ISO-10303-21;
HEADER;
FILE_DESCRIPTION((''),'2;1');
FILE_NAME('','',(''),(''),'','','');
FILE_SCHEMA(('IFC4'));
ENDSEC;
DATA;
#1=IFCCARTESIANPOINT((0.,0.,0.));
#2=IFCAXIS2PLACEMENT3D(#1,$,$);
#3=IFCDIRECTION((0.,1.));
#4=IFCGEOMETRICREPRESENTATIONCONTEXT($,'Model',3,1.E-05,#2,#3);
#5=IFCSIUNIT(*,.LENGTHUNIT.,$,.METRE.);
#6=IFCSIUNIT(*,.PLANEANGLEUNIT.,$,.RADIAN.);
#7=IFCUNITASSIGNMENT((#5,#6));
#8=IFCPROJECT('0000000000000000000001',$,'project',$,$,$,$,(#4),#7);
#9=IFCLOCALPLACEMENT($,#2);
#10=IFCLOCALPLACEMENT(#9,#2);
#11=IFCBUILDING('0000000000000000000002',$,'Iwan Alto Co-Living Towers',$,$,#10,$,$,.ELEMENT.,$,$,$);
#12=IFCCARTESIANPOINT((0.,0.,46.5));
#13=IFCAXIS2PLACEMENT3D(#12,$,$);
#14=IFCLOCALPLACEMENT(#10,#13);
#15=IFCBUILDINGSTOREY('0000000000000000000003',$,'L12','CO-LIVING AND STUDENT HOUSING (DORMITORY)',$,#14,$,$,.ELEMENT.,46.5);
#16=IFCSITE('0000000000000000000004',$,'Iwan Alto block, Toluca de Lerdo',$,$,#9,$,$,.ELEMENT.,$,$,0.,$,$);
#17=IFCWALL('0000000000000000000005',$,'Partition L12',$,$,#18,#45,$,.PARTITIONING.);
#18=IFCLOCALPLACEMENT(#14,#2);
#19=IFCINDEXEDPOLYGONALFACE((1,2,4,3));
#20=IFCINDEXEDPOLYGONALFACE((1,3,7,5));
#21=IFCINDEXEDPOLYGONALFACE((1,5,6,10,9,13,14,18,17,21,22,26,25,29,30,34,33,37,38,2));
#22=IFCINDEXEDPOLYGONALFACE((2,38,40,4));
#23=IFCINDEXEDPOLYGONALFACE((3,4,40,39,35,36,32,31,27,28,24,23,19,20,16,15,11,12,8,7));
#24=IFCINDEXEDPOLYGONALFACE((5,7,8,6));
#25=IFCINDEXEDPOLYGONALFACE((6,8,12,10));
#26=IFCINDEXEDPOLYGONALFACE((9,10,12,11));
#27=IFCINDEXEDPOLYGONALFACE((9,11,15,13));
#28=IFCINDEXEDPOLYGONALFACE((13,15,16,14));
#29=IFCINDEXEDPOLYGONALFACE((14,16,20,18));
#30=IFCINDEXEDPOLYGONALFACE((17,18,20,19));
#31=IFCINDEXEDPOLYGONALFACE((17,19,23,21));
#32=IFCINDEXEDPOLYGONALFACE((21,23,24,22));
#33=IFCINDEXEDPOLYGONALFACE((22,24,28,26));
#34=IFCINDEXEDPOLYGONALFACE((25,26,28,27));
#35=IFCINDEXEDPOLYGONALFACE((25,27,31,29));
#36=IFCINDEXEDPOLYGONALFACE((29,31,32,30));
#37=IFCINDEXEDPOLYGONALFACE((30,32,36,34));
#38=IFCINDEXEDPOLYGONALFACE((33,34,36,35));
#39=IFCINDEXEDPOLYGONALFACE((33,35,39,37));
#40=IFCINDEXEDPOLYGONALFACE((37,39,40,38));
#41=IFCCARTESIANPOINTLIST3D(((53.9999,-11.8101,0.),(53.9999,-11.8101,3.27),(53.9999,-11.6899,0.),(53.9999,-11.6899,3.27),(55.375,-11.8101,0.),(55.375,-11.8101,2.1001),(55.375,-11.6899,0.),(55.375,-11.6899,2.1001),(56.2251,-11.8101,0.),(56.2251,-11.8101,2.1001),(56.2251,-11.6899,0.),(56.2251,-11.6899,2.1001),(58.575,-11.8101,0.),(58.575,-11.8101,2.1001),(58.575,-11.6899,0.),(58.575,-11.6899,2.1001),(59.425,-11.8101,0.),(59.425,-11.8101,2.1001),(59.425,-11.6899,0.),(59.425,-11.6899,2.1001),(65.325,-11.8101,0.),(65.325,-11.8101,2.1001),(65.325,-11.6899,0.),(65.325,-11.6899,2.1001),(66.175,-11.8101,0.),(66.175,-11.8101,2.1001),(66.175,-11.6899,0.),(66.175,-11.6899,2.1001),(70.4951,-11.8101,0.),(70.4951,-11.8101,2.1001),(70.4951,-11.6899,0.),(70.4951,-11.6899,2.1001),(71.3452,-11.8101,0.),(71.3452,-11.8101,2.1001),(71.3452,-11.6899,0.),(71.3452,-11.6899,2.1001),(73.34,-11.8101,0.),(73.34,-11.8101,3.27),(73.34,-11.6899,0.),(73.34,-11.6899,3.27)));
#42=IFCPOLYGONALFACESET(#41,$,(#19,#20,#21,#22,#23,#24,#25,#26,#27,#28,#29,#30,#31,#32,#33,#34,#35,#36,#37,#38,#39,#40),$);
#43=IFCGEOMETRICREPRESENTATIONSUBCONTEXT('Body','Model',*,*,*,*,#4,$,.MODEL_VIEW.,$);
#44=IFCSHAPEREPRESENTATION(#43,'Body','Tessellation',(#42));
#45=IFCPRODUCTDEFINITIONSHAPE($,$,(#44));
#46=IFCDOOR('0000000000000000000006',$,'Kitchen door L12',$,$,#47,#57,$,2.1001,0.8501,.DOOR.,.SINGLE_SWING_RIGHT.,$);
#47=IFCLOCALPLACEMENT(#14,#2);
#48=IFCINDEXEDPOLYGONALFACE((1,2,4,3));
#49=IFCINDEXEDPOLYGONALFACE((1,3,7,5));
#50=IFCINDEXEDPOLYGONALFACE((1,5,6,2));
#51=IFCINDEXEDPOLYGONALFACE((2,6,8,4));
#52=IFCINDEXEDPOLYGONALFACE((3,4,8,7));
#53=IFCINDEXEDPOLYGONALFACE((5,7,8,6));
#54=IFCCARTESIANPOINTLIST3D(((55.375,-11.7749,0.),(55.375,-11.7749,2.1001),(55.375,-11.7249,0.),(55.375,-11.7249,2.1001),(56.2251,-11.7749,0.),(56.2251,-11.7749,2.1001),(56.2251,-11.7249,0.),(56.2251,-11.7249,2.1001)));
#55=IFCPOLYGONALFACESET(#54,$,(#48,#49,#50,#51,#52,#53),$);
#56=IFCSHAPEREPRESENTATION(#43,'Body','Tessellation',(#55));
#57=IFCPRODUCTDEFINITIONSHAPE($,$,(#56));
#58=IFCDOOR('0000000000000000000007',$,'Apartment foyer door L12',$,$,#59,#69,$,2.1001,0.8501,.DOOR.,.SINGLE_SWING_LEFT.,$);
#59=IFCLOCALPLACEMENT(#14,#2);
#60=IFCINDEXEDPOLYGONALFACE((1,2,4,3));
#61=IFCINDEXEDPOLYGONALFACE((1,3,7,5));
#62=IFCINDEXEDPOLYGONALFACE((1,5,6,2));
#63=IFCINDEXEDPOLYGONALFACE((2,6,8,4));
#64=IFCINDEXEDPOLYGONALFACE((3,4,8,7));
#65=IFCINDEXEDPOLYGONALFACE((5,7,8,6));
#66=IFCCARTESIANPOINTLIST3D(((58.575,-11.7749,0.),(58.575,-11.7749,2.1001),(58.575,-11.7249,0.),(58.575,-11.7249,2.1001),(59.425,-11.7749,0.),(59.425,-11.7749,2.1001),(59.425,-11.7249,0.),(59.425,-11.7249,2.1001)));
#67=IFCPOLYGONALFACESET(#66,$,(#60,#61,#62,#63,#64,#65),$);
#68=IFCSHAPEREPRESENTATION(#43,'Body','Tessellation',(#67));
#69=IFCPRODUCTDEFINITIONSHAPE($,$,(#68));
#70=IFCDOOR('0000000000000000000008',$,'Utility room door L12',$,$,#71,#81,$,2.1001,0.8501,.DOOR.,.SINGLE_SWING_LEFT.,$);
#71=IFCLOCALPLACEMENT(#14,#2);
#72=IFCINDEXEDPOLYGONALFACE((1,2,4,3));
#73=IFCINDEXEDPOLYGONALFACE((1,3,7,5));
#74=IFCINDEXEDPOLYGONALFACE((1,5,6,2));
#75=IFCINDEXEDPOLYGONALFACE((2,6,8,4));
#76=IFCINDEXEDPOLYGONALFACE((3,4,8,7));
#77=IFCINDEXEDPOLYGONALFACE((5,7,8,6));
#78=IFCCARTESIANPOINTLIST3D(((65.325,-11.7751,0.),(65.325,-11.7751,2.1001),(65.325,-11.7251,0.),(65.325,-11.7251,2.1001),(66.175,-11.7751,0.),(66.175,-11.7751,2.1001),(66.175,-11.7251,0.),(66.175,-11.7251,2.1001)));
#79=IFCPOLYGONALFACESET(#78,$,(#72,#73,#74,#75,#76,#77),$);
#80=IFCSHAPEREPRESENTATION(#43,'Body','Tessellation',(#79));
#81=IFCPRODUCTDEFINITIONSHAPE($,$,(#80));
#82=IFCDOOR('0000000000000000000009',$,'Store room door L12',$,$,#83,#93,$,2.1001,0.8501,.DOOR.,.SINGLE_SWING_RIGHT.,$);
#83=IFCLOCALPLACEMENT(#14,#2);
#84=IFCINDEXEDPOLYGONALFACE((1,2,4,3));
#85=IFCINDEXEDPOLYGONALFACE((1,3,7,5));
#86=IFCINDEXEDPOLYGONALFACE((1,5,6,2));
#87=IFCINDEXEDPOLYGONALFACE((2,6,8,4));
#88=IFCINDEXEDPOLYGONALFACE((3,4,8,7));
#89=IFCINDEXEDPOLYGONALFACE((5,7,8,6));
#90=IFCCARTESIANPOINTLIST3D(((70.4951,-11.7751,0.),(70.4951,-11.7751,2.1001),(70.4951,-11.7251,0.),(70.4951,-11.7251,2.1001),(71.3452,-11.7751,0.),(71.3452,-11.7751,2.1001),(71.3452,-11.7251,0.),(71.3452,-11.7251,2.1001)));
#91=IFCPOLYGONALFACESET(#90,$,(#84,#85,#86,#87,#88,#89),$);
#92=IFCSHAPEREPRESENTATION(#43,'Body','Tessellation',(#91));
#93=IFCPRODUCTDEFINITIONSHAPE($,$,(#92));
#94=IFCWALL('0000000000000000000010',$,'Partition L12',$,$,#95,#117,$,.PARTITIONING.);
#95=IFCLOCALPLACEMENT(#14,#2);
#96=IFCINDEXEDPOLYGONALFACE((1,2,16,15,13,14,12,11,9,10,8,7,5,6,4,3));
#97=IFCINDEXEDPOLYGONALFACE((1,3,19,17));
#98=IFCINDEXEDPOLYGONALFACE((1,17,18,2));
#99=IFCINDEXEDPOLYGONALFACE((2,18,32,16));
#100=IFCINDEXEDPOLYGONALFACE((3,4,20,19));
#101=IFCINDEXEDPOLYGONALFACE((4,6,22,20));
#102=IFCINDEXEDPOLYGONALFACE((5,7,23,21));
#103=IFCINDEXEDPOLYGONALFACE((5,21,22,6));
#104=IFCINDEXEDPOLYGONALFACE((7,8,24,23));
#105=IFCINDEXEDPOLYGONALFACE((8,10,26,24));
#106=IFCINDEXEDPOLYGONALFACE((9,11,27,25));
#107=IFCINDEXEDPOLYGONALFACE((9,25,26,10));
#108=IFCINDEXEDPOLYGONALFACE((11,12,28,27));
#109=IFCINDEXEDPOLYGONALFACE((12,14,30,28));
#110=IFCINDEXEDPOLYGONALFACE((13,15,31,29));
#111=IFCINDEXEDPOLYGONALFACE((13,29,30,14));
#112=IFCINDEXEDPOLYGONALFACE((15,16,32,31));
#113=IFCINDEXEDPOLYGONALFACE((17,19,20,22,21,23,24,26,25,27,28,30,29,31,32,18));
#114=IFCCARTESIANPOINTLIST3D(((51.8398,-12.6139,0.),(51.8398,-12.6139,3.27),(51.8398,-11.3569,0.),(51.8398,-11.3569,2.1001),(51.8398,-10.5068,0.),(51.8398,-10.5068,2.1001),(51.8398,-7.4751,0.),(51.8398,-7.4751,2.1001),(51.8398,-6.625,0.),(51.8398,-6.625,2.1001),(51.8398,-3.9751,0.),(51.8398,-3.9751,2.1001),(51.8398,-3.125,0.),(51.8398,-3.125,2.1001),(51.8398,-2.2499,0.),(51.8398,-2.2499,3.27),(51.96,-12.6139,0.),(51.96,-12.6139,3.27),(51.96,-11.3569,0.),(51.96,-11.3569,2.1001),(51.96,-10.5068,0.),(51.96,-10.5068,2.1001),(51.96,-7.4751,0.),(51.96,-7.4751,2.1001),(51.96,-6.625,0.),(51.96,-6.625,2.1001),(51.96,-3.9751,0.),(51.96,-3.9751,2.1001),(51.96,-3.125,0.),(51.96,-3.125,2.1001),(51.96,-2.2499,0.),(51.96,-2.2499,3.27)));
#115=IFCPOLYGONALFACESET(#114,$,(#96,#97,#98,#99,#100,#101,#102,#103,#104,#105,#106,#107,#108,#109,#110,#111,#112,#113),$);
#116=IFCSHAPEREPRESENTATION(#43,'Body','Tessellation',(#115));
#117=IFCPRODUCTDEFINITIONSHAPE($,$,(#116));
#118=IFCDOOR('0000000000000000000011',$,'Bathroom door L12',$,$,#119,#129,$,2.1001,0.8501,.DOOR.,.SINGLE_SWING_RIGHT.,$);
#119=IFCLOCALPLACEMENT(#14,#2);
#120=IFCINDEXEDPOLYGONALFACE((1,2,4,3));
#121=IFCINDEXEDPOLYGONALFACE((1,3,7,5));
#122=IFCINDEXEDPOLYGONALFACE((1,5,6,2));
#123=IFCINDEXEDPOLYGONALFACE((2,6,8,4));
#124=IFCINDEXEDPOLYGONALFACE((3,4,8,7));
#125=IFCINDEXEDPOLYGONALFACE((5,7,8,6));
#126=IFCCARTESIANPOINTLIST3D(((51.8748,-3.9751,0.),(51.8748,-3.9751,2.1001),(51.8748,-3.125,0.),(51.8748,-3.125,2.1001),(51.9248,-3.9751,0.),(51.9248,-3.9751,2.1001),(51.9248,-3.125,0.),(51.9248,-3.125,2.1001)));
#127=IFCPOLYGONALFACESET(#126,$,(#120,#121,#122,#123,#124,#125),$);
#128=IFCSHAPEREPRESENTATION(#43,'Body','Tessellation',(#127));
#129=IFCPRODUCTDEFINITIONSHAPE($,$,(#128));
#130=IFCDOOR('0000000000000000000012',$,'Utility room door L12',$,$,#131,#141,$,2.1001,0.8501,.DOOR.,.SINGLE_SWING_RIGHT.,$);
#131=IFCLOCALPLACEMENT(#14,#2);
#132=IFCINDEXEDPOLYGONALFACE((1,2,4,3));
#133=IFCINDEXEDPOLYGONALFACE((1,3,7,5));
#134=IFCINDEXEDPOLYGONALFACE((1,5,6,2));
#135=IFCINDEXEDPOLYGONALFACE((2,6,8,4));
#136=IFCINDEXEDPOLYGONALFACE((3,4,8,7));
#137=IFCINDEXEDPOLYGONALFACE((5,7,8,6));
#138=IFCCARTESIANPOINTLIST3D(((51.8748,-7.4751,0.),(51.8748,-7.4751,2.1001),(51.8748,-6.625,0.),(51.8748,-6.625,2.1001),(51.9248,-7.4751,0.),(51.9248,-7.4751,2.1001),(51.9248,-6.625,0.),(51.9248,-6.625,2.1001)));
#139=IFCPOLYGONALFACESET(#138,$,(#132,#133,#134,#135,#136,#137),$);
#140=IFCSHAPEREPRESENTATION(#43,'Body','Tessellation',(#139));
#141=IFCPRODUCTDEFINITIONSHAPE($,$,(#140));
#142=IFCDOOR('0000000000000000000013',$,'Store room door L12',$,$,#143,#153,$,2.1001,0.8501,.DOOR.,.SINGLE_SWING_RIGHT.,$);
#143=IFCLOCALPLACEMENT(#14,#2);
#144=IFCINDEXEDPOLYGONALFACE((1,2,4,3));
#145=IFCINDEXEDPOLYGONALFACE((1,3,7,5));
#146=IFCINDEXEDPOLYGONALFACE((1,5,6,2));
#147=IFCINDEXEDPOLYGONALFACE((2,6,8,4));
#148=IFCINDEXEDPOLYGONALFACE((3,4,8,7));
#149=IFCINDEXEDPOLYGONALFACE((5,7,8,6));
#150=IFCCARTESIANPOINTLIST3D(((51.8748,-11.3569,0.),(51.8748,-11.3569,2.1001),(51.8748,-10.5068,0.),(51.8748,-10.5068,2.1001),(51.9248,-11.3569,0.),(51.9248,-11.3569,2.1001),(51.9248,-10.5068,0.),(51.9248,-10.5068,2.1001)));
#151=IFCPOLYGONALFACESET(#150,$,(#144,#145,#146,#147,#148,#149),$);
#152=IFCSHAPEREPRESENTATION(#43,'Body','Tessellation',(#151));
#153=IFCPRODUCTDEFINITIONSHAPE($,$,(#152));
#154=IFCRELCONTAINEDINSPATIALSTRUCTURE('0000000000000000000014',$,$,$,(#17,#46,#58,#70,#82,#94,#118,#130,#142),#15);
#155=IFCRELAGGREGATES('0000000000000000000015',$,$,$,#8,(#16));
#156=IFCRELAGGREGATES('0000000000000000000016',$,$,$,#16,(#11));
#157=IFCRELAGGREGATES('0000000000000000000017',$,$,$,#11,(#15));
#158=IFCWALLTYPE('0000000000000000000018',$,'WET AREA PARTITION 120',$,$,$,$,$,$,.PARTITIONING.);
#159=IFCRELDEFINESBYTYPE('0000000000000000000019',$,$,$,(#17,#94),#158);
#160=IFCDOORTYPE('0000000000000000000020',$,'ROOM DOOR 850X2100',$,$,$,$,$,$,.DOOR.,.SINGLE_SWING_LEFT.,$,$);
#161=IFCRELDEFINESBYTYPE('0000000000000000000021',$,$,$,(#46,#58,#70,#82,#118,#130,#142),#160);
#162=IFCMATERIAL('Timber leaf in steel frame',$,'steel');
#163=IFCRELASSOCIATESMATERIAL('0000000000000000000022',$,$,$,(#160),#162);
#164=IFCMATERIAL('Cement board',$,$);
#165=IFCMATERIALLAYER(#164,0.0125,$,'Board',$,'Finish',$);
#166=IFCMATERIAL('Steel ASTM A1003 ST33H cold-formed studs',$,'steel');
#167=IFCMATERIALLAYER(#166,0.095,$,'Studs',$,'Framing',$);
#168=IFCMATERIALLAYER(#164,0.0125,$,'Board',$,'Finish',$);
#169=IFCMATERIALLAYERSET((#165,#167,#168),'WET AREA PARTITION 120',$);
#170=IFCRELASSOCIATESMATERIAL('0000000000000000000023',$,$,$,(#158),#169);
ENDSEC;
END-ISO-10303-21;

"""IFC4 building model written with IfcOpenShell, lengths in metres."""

from ifc_helpers import new_model, si_unit, direction, frame, frame_2d, origin, place, context, subcontext, project, spatial, rectangle, extrude, material, layer, layer_set, type_object, element, fill, save


model = new_model("IFC4")

# Units and contexts
model_context = context("Model", 3, precision=1e-05, world=origin(), true_north=direction((0.0, 1.0)))
body_context = subcontext(model_context, "Body", "Model", "MODEL_VIEW")
ifc_project = project(units=[si_unit("LENGTHUNIT", "METRE"), si_unit("PLANEANGLEUNIT", "RADIAN")], contexts=[model_context])

# Site, building, storey
site_placement = place(None, origin())
site = spatial("IfcSite", under=ifc_project, at=site_placement, Name="Iwan Alto block, Toluca de Lerdo", CompositionType="ELEMENT", RefElevation=0.0)
building_placement = place(site_placement, origin())
building = spatial("IfcBuilding", under=site, at=building_placement, Name="Iwan Alto Co-Living Towers", CompositionType="ELEMENT")
storey_placement = place(building_placement, frame((0.0, 0.0, 46.5)))
storey = spatial("IfcBuildingStorey", under=building, at=storey_placement, Name="L12", Description="CO-LIVING AND STUDENT HOUSING (DORMITORY)", CompositionType="ELEMENT", Elevation=46.5)

# Shared definitions
ifc_material_1 = material(Name="Steel ASTM A1003 ST33H cold-formed studs", Category="steel")

# Shared definitions
ifc_material_2 = material(Name="Timber leaf in steel frame", Category="steel")
door_type_1 = type_object("IfcDoorType", Name="ROOM DOOR 850X2100", OperationType="SINGLE_SWING_LEFT", PredefinedType="DOOR", material=ifc_material_2)

# Shared definitions
ifc_material_3 = material(Name="Cement board")
ifc_layer_1 = layer(ifc_material_3, 0.0125, Name="Board", Category="Finish")
ifc_layer_2 = layer(ifc_material_1, 0.095, Name="Studs", Category="Framing")
ifc_layer_3 = layer(ifc_material_3, 0.0125, Name="Board", Category="Finish")
ifc_layer_set_1 = layer_set([ifc_layer_1, ifc_layer_2, ifc_layer_3], Name="WET AREA PARTITION 120")
wall_type_1 = type_object("IfcWallType", Name="WET AREA PARTITION 120", PredefinedType="PARTITIONING", material=ifc_layer_set_1)

# Walls, openings, doors
wall_1_placement = place(storey_placement, frame((54.0, -11.75, 0.0), z_axis=(0.0, 0.0, 1.0), x_axis=(1.0, 0.0, 0.0)))
wall_1 = element("IfcWall", 1, at=wall_1_placement, inside=storey, type_object=wall_type_1, Name="Partition L12", PredefinedType="PARTITIONING", context=body_context, shape_type="SweptSolid", body=[
    extrude(rectangle(XDim=19.3401, YDim=0.1201, at=frame_2d((9.6699, 0.0))), origin(), (0.0, 0.0, 1.0), 3.27),
])
opening_1_placement = place(wall_1_placement, frame((1.375, 0.0, 0.0)))
opening_1 = element("IfcOpeningElement", 2, at=opening_1_placement, cuts=wall_1, PredefinedType="OPENING", context=body_context, shape_type="SweptSolid", body=[
    extrude(rectangle(XDim=0.8501, YDim=2.1001, at=frame_2d((0.425, 1.05))), frame((0.0, 0.0701, 0.0), z_axis=(0.0, -1.0, 0.0), x_axis=(1.0, 0.0, 0.0)), (0.0, 0.0, 1.0), 0.1401),
])
opening_2_placement = place(wall_1_placement, frame((4.575, 0.0, 0.0)))
opening_2 = element("IfcOpeningElement", 3, at=opening_2_placement, cuts=wall_1, PredefinedType="OPENING", context=body_context, shape_type="SweptSolid", body=[
    extrude(rectangle(XDim=0.8501, YDim=2.1001, at=frame_2d((0.425, 1.05))), frame((0.0, 0.0701, 0.0), z_axis=(0.0, -1.0, 0.0), x_axis=(1.0, 0.0, 0.0)), (0.0, 0.0, 1.0), 0.1401),
])
opening_3_placement = place(wall_1_placement, frame((11.325, 0.0, 0.0)))
opening_3 = element("IfcOpeningElement", 4, at=opening_3_placement, cuts=wall_1, PredefinedType="OPENING", context=body_context, shape_type="SweptSolid", body=[
    extrude(rectangle(XDim=0.8501, YDim=2.1001, at=frame_2d((0.425, 1.05))), frame((0.0, 0.0701, 0.0), z_axis=(0.0, -1.0, 0.0), x_axis=(1.0, 0.0, 0.0)), (0.0, 0.0, 1.0), 0.1401),
])
opening_4_placement = place(wall_1_placement, frame((16.4951, 0.0, 0.0)))
opening_4 = element("IfcOpeningElement", 5, at=opening_4_placement, cuts=wall_1, PredefinedType="OPENING", context=body_context, shape_type="SweptSolid", body=[
    extrude(rectangle(XDim=0.8501, YDim=2.1001, at=frame_2d((0.425, 1.05))), frame((0.0, 0.0701, 0.0), z_axis=(0.0, -1.0, 0.0), x_axis=(1.0, 0.0, 0.0)), (0.0, 0.0, 1.0), 0.1401),
])
door_1_placement = place(opening_1_placement, frame((0.8501, 0.0, 0.0), z_axis=(0.0, 0.0, 1.0), x_axis=(-1.0, 0.0, 0.0)))
door_1 = element("IfcDoor", 6, at=door_1_placement, inside=storey, type_object=door_type_1, Name="Kitchen door L12", OperationType="SINGLE_SWING_RIGHT", OverallHeight=2.1001, OverallWidth=0.8501, PredefinedType="DOOR", context=body_context, shape_type="SweptSolid", body=[
    extrude(rectangle(XDim=0.8501, YDim=2.1001, at=frame_2d((0.425, 1.05))), frame((0.0, 0.0249, 0.0), z_axis=(0.0, -1.0, 0.0), x_axis=(1.0, 0.0, 0.0)), (0.0, 0.0, 1.0), 0.05),
])
fill(opening_1, door_1)
door_2_placement = place(opening_2_placement, frame((0.8501, 0.0, 0.0), z_axis=(0.0, 0.0, 1.0), x_axis=(-1.0, 0.0, 0.0)))
door_2 = element("IfcDoor", 7, at=door_2_placement, inside=storey, type_object=door_type_1, Name="Apartment foyer door L12", OperationType="SINGLE_SWING_LEFT", OverallHeight=2.1001, OverallWidth=0.8501, PredefinedType="DOOR", context=body_context, shape_type="SweptSolid", body=[
    extrude(rectangle(XDim=0.8501, YDim=2.1001, at=frame_2d((0.425, 1.05))), frame((0.0, 0.0249, 0.0), z_axis=(0.0, -1.0, 0.0), x_axis=(1.0, 0.0, 0.0)), (0.0, 0.0, 1.0), 0.05),
])
fill(opening_2, door_2)
door_3_placement = place(opening_3_placement, origin())
door_3 = element("IfcDoor", 8, at=door_3_placement, inside=storey, type_object=door_type_1, Name="Utility room door L12", OperationType="SINGLE_SWING_LEFT", OverallHeight=2.1001, OverallWidth=0.8501, PredefinedType="DOOR", context=body_context, shape_type="SweptSolid", body=[
    extrude(rectangle(XDim=0.8501, YDim=2.1001, at=frame_2d((0.425, 1.05))), frame((0.0, 0.0249, 0.0), z_axis=(0.0, -1.0, 0.0), x_axis=(1.0, 0.0, 0.0)), (0.0, 0.0, 1.0), 0.05),
])
fill(opening_3, door_3)
door_4_placement = place(opening_4_placement, origin())
door_4 = element("IfcDoor", 9, at=door_4_placement, inside=storey, type_object=door_type_1, Name="Store room door L12", OperationType="SINGLE_SWING_RIGHT", OverallHeight=2.1001, OverallWidth=0.8501, PredefinedType="DOOR", context=body_context, shape_type="SweptSolid", body=[
    extrude(rectangle(XDim=0.8501, YDim=2.1001, at=frame_2d((0.425, 1.05))), frame((0.0, 0.0249, 0.0), z_axis=(0.0, -1.0, 0.0), x_axis=(1.0, 0.0, 0.0)), (0.0, 0.0, 1.0), 0.05),
])
fill(opening_4, door_4)
wall_2_placement = place(storey_placement, frame((51.8999, -12.614, 0.0), z_axis=(0.0, 0.0, 1.0), x_axis=(0.0, 1.0, 0.0)))
wall_2 = element("IfcWall", 10, at=wall_2_placement, inside=storey, type_object=wall_type_1, Name="Partition L12", PredefinedType="PARTITIONING", context=body_context, shape_type="SweptSolid", body=[
    extrude(rectangle(XDim=10.364, YDim=0.1201, at=frame_2d((5.1821, 0.0))), origin(), (0.0, 0.0, 1.0), 3.27),
])
opening_5_placement = place(wall_2_placement, frame((8.6389, 0.0, 0.0)))
opening_5 = element("IfcOpeningElement", 11, at=opening_5_placement, cuts=wall_2, PredefinedType="OPENING", context=body_context, shape_type="SweptSolid", body=[
    extrude(rectangle(XDim=0.8501, YDim=2.1001, at=frame_2d((0.425, 1.05))), frame((0.0, 0.0701, 0.0), z_axis=(0.0, -1.0, 0.0), x_axis=(1.0, 0.0, 0.0)), (0.0, 0.0, 1.0), 0.1401),
])
opening_6_placement = place(wall_2_placement, frame((5.1389, 0.0, 0.0)))
opening_6 = element("IfcOpeningElement", 12, at=opening_6_placement, cuts=wall_2, PredefinedType="OPENING", context=body_context, shape_type="SweptSolid", body=[
    extrude(rectangle(XDim=0.8501, YDim=2.1001, at=frame_2d((0.425, 1.05))), frame((0.0, 0.0701, 0.0), z_axis=(0.0, -1.0, 0.0), x_axis=(1.0, 0.0, 0.0)), (0.0, 0.0, 1.0), 0.1401),
])
opening_7_placement = place(wall_2_placement, frame((1.2571, 0.0, 0.0)))
opening_7 = element("IfcOpeningElement", 13, at=opening_7_placement, cuts=wall_2, PredefinedType="OPENING", context=body_context, shape_type="SweptSolid", body=[
    extrude(rectangle(XDim=0.8501, YDim=2.1001, at=frame_2d((0.425, 1.05))), frame((0.0, 0.0701, 0.0), z_axis=(0.0, -1.0, 0.0), x_axis=(1.0, 0.0, 0.0)), (0.0, 0.0, 1.0), 0.1401),
])
door_5_placement = place(opening_5_placement, frame((0.8501, 0.0, 0.0), z_axis=(0.0, 0.0, 1.0), x_axis=(-1.0, 0.0, 0.0)))
door_5 = element("IfcDoor", 14, at=door_5_placement, inside=storey, type_object=door_type_1, Name="Bathroom door L12", OperationType="SINGLE_SWING_RIGHT", OverallHeight=2.1001, OverallWidth=0.8501, PredefinedType="DOOR", context=body_context, shape_type="SweptSolid", body=[
    extrude(rectangle(XDim=0.8501, YDim=2.1001, at=frame_2d((0.425, 1.05))), frame((0.0, 0.0249, 0.0), z_axis=(0.0, -1.0, 0.0), x_axis=(1.0, 0.0, 0.0)), (0.0, 0.0, 1.0), 0.05),
])
fill(opening_5, door_5)
door_6_placement = place(opening_6_placement, frame((0.8501, 0.0, 0.0), z_axis=(0.0, 0.0, 1.0), x_axis=(-1.0, 0.0, 0.0)))
door_6 = element("IfcDoor", 15, at=door_6_placement, inside=storey, type_object=door_type_1, Name="Utility room door L12", OperationType="SINGLE_SWING_RIGHT", OverallHeight=2.1001, OverallWidth=0.8501, PredefinedType="DOOR", context=body_context, shape_type="SweptSolid", body=[
    extrude(rectangle(XDim=0.8501, YDim=2.1001, at=frame_2d((0.425, 1.05))), frame((0.0, 0.0249, 0.0), z_axis=(0.0, -1.0, 0.0), x_axis=(1.0, 0.0, 0.0)), (0.0, 0.0, 1.0), 0.05),
])
fill(opening_6, door_6)
door_7_placement = place(opening_7_placement, frame((0.8501, 0.0, 0.0), z_axis=(0.0, 0.0, 1.0), x_axis=(-1.0, 0.0, 0.0)))
door_7 = element("IfcDoor", 16, at=door_7_placement, inside=storey, type_object=door_type_1, Name="Store room door L12", OperationType="SINGLE_SWING_RIGHT", OverallHeight=2.1001, OverallWidth=0.8501, PredefinedType="DOOR", context=body_context, shape_type="SweptSolid", body=[
    extrude(rectangle(XDim=0.8501, YDim=2.1001, at=frame_2d((0.425, 1.05))), frame((0.0, 0.0249, 0.0), z_axis=(0.0, -1.0, 0.0), x_axis=(1.0, 0.0, 0.0)), (0.0, 0.0, 1.0), 0.05),
])
fill(opening_7, door_7)

save(model, "model.ifc")
